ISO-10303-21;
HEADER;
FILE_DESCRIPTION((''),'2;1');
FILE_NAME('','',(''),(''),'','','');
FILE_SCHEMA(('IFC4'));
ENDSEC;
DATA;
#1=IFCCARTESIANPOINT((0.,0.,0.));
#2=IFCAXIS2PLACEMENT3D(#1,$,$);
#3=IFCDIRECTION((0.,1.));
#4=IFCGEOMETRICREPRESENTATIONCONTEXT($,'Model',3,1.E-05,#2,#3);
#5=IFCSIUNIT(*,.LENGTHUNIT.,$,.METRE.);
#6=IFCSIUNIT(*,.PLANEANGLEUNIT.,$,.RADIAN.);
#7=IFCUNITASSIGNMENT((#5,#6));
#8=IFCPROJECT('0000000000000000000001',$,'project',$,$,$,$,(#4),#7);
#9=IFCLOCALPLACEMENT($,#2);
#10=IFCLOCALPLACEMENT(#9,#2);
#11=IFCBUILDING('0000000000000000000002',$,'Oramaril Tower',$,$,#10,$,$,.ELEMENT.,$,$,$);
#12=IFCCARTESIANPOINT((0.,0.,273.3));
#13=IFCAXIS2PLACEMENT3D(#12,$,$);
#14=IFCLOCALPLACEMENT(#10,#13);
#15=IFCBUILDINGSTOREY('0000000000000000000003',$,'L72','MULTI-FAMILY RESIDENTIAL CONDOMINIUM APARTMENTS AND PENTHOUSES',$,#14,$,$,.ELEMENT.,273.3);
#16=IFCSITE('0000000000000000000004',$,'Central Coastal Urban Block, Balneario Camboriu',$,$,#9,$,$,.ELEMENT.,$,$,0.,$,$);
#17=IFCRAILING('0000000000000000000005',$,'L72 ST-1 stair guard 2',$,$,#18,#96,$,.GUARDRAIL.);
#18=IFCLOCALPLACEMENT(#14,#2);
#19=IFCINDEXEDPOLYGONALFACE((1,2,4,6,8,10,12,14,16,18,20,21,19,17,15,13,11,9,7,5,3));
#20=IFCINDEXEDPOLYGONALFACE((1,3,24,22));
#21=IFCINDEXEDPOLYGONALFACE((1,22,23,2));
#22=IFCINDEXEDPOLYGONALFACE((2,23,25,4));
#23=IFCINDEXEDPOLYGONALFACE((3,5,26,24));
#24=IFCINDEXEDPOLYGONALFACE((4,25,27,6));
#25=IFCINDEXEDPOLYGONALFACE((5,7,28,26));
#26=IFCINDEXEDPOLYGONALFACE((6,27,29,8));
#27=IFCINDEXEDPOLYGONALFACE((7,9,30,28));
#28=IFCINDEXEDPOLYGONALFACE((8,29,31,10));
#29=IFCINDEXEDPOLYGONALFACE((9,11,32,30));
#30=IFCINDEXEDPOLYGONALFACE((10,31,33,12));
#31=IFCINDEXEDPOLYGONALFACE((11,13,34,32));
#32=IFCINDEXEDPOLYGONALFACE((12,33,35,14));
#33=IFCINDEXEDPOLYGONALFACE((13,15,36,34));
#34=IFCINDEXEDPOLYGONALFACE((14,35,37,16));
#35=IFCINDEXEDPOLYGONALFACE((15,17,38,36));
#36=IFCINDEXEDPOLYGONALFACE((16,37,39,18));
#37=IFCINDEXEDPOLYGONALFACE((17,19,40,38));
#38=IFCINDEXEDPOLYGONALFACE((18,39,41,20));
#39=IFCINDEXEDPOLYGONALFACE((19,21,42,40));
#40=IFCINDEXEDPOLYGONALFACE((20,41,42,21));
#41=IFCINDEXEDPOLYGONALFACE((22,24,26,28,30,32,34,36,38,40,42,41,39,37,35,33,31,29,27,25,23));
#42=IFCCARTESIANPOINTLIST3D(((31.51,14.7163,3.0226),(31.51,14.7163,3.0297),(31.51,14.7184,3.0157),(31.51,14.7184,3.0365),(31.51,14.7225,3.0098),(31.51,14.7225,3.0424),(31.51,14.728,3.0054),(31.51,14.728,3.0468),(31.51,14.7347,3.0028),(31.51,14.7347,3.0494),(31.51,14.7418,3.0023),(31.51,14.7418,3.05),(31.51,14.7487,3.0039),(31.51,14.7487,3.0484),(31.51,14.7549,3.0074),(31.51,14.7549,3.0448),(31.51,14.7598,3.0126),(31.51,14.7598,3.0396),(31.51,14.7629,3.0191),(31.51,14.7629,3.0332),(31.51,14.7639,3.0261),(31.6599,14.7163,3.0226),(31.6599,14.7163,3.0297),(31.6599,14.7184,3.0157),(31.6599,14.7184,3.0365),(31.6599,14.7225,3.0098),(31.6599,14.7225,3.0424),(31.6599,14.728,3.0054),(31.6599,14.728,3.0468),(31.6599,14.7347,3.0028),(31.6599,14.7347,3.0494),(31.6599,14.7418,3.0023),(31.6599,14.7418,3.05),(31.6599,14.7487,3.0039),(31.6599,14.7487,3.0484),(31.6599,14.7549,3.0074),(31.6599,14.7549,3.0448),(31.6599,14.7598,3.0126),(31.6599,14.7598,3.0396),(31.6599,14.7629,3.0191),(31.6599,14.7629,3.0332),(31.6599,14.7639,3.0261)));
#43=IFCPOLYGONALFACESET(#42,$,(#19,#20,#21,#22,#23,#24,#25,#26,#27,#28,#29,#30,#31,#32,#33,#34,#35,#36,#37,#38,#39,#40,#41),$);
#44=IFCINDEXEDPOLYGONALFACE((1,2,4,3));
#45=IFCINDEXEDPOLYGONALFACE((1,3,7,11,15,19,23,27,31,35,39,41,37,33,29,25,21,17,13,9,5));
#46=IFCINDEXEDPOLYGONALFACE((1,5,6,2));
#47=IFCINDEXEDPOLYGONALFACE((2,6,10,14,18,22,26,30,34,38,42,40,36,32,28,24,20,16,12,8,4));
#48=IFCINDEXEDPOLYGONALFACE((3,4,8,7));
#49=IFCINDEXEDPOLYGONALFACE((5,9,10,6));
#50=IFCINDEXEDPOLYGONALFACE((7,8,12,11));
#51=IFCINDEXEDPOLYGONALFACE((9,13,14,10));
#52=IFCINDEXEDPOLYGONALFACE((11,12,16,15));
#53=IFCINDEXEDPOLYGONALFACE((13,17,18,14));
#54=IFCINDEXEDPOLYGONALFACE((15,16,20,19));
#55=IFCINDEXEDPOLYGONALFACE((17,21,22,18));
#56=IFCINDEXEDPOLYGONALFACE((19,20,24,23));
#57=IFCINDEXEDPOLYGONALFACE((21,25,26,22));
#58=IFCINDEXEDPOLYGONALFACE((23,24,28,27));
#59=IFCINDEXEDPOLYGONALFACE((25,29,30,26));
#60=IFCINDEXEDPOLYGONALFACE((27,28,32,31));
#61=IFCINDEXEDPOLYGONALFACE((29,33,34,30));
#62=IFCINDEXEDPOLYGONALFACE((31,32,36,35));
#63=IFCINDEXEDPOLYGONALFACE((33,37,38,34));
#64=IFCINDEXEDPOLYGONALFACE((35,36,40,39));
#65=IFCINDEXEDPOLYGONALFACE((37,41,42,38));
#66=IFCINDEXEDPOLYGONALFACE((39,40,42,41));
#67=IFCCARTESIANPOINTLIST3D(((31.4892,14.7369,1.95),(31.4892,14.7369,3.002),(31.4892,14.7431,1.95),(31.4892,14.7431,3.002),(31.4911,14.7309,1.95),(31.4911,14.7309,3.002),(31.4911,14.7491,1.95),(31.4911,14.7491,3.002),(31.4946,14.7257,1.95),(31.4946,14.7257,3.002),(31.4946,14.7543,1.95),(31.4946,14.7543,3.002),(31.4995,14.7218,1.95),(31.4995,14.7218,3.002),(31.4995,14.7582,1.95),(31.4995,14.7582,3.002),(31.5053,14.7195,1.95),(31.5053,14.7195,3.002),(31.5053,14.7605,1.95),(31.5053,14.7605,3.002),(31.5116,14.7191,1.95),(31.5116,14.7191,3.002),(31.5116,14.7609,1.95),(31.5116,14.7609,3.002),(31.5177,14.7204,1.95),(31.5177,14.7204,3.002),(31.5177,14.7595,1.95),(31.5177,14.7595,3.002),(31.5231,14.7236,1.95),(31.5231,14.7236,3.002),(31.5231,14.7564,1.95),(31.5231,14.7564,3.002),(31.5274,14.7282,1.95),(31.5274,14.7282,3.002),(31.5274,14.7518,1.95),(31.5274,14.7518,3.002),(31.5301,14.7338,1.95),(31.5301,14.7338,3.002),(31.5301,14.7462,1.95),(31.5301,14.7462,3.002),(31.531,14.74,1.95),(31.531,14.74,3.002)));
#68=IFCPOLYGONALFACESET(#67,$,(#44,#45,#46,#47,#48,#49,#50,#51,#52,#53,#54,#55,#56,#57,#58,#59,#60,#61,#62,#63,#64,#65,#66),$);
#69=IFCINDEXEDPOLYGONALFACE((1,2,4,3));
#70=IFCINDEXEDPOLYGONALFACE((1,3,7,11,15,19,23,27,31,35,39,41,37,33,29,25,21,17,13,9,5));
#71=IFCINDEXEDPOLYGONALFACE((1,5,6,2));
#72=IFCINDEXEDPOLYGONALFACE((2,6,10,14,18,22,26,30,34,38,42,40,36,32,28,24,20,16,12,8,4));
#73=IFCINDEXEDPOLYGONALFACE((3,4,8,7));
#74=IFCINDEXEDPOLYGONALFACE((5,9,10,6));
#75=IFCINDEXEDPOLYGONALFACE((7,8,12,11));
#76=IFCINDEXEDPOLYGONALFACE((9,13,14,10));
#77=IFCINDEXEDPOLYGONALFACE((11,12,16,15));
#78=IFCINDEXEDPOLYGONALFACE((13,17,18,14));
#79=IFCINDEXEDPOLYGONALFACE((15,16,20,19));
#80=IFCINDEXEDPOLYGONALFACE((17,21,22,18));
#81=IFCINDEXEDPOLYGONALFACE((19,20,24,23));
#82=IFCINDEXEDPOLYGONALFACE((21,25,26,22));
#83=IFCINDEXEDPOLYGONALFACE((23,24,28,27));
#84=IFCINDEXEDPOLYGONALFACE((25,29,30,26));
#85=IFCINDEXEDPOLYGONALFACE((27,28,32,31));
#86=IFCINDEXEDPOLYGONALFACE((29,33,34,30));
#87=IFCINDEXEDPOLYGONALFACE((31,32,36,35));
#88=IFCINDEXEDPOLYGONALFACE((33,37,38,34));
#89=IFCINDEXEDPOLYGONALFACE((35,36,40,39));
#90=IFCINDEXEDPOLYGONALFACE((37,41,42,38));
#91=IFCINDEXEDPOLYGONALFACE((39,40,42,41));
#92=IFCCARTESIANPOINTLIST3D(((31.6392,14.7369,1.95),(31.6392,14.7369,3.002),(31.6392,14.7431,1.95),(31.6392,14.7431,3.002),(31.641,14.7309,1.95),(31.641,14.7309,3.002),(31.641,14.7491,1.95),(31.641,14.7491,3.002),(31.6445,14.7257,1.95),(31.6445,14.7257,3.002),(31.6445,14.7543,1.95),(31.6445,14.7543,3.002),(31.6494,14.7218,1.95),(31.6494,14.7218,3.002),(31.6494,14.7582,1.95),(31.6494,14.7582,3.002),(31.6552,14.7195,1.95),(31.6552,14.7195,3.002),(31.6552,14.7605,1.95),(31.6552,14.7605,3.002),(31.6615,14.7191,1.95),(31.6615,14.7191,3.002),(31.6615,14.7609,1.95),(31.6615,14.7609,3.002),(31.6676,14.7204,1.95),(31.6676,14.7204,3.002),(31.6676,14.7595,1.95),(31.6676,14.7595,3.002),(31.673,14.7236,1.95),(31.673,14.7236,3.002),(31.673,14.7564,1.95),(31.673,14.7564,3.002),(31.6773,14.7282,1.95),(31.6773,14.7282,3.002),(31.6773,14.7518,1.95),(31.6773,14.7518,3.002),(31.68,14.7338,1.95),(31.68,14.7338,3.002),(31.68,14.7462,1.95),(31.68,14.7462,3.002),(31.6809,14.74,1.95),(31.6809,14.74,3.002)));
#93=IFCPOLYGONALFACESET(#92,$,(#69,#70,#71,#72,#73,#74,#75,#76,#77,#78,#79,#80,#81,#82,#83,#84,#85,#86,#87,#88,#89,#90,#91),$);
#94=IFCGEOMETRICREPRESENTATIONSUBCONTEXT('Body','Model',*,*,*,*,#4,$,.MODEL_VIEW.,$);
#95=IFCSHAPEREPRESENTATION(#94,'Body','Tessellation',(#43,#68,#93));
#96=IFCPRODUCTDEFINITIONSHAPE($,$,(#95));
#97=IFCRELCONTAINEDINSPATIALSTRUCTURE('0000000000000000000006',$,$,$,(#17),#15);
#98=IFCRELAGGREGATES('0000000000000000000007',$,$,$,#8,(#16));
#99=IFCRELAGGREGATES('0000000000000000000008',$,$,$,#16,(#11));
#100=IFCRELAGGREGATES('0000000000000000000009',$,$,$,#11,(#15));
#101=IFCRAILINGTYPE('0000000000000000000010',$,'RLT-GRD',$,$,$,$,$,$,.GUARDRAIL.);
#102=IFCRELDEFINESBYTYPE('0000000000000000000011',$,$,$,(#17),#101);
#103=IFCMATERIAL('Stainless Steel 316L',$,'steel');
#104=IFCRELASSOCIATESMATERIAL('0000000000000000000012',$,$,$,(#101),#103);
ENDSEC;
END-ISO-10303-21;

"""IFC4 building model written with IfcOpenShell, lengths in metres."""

from ifc_helpers import new_model, si_unit, direction, frame, origin, origin_2d, place, context, subcontext, project, spatial, circle, extrude, material, type_object, element, save


model = new_model("IFC4")

# Units and contexts
model_context = context("Model", 3, precision=1e-05, world=origin(), true_north=direction((0.0, 1.0)))
body_context = subcontext(model_context, "Body", "Model", "MODEL_VIEW")
ifc_project = project(units=[si_unit("LENGTHUNIT", "METRE"), si_unit("PLANEANGLEUNIT", "RADIAN")], contexts=[model_context])

# Site, building, storey
site_placement = place(None, origin())
site = spatial("IfcSite", under=ifc_project, at=site_placement, Name="Central Coastal Urban Block, Balneario Camboriu", CompositionType="ELEMENT", RefElevation=0.0)
building_placement = place(site_placement, origin())
building = spatial("IfcBuilding", under=site, at=building_placement, Name="Oramaril Tower", CompositionType="ELEMENT")
storey_placement = place(building_placement, frame((0.0, 0.0, 273.3)))
storey = spatial("IfcBuildingStorey", under=building, at=storey_placement, Name="L72", Description="MULTI-FAMILY RESIDENTIAL CONDOMINIUM APARTMENTS AND PENTHOUSES", CompositionType="ELEMENT", Elevation=273.3)

# Railing
ifc_material_1 = material(Name="Stainless Steel 316L", Category="steel")
railing_type_1 = type_object("IfcRailingType", Name="RLT-GRD", PredefinedType="GUARDRAIL", material=ifc_material_1)
railing_1_placement = place(storey_placement, frame((31.51, 14.74, 1.95)))
element("IfcRailing", 1, at=railing_1_placement, inside=storey, type_object=railing_type_1, Name="L72 ST-1 stair guard 2", PredefinedType="GUARDRAIL", context=body_context, shape_type="SweptSolid", body=[
    extrude(circle(Radius=0.0239, at=origin_2d()), frame((0.0, 0.0, 1.0762), z_axis=(1.0, 0.0, 0.0), x_axis=(0.0, 1.0, 0.0)), (0.0, 0.0, 1.0), 0.1499),
    extrude(circle(Radius=0.021, at=origin_2d()), origin(), (0.0, 0.0, 1.0), 1.052),
    extrude(circle(Radius=0.021, at=origin_2d()), frame((0.1499, 0.0, 0.0)), (0.0, 0.0, 1.0), 1.052),
])

save(model, "model.ifc")
